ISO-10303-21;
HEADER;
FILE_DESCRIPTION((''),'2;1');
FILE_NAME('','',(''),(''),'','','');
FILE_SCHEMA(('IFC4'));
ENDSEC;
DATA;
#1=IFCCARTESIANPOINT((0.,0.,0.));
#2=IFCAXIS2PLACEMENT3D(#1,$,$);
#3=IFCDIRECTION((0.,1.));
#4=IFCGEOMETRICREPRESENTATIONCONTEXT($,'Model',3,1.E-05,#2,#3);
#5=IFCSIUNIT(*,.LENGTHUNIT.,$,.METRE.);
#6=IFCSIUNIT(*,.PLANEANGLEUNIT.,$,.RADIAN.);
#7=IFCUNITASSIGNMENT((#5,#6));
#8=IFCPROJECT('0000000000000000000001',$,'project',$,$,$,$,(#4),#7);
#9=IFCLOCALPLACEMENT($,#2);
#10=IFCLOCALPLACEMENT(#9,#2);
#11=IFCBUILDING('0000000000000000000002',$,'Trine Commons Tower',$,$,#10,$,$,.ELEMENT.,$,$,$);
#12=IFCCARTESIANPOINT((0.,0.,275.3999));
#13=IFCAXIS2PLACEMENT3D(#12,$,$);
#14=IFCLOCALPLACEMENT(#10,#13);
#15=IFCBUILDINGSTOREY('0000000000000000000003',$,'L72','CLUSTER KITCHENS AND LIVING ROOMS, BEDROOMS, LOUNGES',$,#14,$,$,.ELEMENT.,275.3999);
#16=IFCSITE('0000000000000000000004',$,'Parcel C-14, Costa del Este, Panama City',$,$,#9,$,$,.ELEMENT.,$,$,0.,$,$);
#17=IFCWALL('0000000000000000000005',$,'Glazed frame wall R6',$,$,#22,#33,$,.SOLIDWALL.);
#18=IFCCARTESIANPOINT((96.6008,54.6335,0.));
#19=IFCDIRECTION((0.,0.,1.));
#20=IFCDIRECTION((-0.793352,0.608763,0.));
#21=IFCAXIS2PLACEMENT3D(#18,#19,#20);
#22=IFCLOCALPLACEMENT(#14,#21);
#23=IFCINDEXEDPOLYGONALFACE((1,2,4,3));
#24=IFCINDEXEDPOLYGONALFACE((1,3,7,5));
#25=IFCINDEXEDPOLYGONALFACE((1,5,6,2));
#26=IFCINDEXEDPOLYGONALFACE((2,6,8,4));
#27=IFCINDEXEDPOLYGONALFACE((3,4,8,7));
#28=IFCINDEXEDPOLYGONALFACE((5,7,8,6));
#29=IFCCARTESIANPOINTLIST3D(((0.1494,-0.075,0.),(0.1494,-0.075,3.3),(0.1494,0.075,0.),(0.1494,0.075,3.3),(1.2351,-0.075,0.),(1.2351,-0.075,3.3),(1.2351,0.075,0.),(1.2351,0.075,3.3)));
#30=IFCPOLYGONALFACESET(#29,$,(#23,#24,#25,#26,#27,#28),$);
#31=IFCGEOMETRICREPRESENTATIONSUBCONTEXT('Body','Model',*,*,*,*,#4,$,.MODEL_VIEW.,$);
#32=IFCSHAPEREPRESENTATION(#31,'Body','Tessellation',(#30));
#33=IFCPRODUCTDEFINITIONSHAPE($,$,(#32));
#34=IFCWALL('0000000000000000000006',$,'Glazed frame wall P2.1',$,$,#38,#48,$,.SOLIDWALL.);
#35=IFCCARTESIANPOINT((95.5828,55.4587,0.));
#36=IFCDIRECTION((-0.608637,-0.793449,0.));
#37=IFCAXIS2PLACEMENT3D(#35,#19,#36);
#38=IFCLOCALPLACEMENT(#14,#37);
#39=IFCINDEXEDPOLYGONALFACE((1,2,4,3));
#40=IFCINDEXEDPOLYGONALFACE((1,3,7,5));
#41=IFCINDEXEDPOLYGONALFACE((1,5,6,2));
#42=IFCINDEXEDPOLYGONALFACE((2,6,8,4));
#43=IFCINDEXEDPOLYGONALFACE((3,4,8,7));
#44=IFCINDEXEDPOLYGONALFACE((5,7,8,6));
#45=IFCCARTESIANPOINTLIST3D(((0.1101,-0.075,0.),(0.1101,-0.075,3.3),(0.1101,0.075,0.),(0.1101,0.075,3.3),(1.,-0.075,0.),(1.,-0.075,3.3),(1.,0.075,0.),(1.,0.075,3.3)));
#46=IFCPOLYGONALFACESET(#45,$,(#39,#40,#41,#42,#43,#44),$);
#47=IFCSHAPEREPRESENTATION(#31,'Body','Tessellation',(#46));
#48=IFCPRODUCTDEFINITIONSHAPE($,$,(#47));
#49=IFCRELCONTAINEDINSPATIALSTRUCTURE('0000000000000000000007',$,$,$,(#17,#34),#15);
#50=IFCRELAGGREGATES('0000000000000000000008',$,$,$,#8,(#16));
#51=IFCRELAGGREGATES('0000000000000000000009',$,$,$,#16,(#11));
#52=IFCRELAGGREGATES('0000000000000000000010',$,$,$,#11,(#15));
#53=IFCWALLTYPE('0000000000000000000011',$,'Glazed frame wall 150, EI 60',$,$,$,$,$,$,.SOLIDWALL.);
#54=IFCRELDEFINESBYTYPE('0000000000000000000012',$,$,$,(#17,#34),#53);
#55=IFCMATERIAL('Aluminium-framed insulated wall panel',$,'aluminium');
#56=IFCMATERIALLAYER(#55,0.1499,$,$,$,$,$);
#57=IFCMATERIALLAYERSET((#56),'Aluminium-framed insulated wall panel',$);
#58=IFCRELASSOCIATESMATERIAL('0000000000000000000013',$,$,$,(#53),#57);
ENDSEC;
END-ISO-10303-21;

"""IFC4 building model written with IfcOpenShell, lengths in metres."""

from ifc_helpers import new_model, si_unit, direction, frame, origin, place, context, subcontext, project, spatial, polyline, outline, extrude, material, layer, layer_set, type_object, element, save


model = new_model("IFC4")

# Units and contexts
model_context = context("Model", 3, precision=1e-05, world=origin(), true_north=direction((0.0, 1.0)))
body_context = subcontext(model_context, "Body", "Model", "MODEL_VIEW")
ifc_project = project(units=[si_unit("LENGTHUNIT", "METRE"), si_unit("PLANEANGLEUNIT", "RADIAN")], contexts=[model_context])

# Site, building, storey
site_placement = place(None, origin())
site = spatial("IfcSite", under=ifc_project, at=site_placement, Name="Parcel C-14, Costa del Este, Panama City", CompositionType="ELEMENT", RefElevation=0.0)
building_placement = place(site_placement, origin())
building = spatial("IfcBuilding", under=site, at=building_placement, Name="Trine Commons Tower", CompositionType="ELEMENT")
storey_placement = place(building_placement, frame((0.0, 0.0, 275.3999)))
storey = spatial("IfcBuildingStorey", under=building, at=storey_placement, Name="L72", Description="CLUSTER KITCHENS AND LIVING ROOMS, BEDROOMS, LOUNGES", CompositionType="ELEMENT", Elevation=275.3999)

# Walls
ifc_material_1 = material(Name="Aluminium-framed insulated wall panel", Category="aluminium")
ifc_layer_1 = layer(ifc_material_1, 0.1499)
ifc_layer_set_1 = layer_set([ifc_layer_1], Name="Aluminium-framed insulated wall panel")
wall_type_1 = type_object("IfcWallType", Name="Glazed frame wall 150, EI 60", PredefinedType="SOLIDWALL", material=ifc_layer_set_1)
wall_1_placement = place(storey_placement, frame((96.6008, 54.6335, 0.0), z_axis=(0.0, 0.0, 1.0), x_axis=(-0.793352, 0.608763, 0.0)))
element("IfcWall", 1, at=wall_1_placement, inside=storey, type_object=wall_type_1, Name="Glazed frame wall R6", PredefinedType="SOLIDWALL", context=body_context, shape_type="SweptSolid", body=[
    extrude(outline(polyline([(0.1494, 0.075), (0.1494, -0.075), (1.2351, -0.075), (1.2351, 0.075), (0.1494, 0.075)])), origin(), (0.0, 0.0, 1.0), 3.3),
])
wall_2_placement = place(storey_placement, frame((95.5828, 55.4587, 0.0), z_axis=(0.0, 0.0, 1.0), x_axis=(-0.608637, -0.793449, 0.0)))
element("IfcWall", 2, at=wall_2_placement, inside=storey, type_object=wall_type_1, Name="Glazed frame wall P2.1", PredefinedType="SOLIDWALL", context=body_context, shape_type="SweptSolid", body=[
    extrude(outline(polyline([(0.1101, -0.075), (1.0, -0.075), (1.0, 0.075), (0.1101, 0.075), (0.1101, -0.075)])), origin(), (0.0, 0.0, 1.0), 3.3),
])

save(model, "model.ifc")
